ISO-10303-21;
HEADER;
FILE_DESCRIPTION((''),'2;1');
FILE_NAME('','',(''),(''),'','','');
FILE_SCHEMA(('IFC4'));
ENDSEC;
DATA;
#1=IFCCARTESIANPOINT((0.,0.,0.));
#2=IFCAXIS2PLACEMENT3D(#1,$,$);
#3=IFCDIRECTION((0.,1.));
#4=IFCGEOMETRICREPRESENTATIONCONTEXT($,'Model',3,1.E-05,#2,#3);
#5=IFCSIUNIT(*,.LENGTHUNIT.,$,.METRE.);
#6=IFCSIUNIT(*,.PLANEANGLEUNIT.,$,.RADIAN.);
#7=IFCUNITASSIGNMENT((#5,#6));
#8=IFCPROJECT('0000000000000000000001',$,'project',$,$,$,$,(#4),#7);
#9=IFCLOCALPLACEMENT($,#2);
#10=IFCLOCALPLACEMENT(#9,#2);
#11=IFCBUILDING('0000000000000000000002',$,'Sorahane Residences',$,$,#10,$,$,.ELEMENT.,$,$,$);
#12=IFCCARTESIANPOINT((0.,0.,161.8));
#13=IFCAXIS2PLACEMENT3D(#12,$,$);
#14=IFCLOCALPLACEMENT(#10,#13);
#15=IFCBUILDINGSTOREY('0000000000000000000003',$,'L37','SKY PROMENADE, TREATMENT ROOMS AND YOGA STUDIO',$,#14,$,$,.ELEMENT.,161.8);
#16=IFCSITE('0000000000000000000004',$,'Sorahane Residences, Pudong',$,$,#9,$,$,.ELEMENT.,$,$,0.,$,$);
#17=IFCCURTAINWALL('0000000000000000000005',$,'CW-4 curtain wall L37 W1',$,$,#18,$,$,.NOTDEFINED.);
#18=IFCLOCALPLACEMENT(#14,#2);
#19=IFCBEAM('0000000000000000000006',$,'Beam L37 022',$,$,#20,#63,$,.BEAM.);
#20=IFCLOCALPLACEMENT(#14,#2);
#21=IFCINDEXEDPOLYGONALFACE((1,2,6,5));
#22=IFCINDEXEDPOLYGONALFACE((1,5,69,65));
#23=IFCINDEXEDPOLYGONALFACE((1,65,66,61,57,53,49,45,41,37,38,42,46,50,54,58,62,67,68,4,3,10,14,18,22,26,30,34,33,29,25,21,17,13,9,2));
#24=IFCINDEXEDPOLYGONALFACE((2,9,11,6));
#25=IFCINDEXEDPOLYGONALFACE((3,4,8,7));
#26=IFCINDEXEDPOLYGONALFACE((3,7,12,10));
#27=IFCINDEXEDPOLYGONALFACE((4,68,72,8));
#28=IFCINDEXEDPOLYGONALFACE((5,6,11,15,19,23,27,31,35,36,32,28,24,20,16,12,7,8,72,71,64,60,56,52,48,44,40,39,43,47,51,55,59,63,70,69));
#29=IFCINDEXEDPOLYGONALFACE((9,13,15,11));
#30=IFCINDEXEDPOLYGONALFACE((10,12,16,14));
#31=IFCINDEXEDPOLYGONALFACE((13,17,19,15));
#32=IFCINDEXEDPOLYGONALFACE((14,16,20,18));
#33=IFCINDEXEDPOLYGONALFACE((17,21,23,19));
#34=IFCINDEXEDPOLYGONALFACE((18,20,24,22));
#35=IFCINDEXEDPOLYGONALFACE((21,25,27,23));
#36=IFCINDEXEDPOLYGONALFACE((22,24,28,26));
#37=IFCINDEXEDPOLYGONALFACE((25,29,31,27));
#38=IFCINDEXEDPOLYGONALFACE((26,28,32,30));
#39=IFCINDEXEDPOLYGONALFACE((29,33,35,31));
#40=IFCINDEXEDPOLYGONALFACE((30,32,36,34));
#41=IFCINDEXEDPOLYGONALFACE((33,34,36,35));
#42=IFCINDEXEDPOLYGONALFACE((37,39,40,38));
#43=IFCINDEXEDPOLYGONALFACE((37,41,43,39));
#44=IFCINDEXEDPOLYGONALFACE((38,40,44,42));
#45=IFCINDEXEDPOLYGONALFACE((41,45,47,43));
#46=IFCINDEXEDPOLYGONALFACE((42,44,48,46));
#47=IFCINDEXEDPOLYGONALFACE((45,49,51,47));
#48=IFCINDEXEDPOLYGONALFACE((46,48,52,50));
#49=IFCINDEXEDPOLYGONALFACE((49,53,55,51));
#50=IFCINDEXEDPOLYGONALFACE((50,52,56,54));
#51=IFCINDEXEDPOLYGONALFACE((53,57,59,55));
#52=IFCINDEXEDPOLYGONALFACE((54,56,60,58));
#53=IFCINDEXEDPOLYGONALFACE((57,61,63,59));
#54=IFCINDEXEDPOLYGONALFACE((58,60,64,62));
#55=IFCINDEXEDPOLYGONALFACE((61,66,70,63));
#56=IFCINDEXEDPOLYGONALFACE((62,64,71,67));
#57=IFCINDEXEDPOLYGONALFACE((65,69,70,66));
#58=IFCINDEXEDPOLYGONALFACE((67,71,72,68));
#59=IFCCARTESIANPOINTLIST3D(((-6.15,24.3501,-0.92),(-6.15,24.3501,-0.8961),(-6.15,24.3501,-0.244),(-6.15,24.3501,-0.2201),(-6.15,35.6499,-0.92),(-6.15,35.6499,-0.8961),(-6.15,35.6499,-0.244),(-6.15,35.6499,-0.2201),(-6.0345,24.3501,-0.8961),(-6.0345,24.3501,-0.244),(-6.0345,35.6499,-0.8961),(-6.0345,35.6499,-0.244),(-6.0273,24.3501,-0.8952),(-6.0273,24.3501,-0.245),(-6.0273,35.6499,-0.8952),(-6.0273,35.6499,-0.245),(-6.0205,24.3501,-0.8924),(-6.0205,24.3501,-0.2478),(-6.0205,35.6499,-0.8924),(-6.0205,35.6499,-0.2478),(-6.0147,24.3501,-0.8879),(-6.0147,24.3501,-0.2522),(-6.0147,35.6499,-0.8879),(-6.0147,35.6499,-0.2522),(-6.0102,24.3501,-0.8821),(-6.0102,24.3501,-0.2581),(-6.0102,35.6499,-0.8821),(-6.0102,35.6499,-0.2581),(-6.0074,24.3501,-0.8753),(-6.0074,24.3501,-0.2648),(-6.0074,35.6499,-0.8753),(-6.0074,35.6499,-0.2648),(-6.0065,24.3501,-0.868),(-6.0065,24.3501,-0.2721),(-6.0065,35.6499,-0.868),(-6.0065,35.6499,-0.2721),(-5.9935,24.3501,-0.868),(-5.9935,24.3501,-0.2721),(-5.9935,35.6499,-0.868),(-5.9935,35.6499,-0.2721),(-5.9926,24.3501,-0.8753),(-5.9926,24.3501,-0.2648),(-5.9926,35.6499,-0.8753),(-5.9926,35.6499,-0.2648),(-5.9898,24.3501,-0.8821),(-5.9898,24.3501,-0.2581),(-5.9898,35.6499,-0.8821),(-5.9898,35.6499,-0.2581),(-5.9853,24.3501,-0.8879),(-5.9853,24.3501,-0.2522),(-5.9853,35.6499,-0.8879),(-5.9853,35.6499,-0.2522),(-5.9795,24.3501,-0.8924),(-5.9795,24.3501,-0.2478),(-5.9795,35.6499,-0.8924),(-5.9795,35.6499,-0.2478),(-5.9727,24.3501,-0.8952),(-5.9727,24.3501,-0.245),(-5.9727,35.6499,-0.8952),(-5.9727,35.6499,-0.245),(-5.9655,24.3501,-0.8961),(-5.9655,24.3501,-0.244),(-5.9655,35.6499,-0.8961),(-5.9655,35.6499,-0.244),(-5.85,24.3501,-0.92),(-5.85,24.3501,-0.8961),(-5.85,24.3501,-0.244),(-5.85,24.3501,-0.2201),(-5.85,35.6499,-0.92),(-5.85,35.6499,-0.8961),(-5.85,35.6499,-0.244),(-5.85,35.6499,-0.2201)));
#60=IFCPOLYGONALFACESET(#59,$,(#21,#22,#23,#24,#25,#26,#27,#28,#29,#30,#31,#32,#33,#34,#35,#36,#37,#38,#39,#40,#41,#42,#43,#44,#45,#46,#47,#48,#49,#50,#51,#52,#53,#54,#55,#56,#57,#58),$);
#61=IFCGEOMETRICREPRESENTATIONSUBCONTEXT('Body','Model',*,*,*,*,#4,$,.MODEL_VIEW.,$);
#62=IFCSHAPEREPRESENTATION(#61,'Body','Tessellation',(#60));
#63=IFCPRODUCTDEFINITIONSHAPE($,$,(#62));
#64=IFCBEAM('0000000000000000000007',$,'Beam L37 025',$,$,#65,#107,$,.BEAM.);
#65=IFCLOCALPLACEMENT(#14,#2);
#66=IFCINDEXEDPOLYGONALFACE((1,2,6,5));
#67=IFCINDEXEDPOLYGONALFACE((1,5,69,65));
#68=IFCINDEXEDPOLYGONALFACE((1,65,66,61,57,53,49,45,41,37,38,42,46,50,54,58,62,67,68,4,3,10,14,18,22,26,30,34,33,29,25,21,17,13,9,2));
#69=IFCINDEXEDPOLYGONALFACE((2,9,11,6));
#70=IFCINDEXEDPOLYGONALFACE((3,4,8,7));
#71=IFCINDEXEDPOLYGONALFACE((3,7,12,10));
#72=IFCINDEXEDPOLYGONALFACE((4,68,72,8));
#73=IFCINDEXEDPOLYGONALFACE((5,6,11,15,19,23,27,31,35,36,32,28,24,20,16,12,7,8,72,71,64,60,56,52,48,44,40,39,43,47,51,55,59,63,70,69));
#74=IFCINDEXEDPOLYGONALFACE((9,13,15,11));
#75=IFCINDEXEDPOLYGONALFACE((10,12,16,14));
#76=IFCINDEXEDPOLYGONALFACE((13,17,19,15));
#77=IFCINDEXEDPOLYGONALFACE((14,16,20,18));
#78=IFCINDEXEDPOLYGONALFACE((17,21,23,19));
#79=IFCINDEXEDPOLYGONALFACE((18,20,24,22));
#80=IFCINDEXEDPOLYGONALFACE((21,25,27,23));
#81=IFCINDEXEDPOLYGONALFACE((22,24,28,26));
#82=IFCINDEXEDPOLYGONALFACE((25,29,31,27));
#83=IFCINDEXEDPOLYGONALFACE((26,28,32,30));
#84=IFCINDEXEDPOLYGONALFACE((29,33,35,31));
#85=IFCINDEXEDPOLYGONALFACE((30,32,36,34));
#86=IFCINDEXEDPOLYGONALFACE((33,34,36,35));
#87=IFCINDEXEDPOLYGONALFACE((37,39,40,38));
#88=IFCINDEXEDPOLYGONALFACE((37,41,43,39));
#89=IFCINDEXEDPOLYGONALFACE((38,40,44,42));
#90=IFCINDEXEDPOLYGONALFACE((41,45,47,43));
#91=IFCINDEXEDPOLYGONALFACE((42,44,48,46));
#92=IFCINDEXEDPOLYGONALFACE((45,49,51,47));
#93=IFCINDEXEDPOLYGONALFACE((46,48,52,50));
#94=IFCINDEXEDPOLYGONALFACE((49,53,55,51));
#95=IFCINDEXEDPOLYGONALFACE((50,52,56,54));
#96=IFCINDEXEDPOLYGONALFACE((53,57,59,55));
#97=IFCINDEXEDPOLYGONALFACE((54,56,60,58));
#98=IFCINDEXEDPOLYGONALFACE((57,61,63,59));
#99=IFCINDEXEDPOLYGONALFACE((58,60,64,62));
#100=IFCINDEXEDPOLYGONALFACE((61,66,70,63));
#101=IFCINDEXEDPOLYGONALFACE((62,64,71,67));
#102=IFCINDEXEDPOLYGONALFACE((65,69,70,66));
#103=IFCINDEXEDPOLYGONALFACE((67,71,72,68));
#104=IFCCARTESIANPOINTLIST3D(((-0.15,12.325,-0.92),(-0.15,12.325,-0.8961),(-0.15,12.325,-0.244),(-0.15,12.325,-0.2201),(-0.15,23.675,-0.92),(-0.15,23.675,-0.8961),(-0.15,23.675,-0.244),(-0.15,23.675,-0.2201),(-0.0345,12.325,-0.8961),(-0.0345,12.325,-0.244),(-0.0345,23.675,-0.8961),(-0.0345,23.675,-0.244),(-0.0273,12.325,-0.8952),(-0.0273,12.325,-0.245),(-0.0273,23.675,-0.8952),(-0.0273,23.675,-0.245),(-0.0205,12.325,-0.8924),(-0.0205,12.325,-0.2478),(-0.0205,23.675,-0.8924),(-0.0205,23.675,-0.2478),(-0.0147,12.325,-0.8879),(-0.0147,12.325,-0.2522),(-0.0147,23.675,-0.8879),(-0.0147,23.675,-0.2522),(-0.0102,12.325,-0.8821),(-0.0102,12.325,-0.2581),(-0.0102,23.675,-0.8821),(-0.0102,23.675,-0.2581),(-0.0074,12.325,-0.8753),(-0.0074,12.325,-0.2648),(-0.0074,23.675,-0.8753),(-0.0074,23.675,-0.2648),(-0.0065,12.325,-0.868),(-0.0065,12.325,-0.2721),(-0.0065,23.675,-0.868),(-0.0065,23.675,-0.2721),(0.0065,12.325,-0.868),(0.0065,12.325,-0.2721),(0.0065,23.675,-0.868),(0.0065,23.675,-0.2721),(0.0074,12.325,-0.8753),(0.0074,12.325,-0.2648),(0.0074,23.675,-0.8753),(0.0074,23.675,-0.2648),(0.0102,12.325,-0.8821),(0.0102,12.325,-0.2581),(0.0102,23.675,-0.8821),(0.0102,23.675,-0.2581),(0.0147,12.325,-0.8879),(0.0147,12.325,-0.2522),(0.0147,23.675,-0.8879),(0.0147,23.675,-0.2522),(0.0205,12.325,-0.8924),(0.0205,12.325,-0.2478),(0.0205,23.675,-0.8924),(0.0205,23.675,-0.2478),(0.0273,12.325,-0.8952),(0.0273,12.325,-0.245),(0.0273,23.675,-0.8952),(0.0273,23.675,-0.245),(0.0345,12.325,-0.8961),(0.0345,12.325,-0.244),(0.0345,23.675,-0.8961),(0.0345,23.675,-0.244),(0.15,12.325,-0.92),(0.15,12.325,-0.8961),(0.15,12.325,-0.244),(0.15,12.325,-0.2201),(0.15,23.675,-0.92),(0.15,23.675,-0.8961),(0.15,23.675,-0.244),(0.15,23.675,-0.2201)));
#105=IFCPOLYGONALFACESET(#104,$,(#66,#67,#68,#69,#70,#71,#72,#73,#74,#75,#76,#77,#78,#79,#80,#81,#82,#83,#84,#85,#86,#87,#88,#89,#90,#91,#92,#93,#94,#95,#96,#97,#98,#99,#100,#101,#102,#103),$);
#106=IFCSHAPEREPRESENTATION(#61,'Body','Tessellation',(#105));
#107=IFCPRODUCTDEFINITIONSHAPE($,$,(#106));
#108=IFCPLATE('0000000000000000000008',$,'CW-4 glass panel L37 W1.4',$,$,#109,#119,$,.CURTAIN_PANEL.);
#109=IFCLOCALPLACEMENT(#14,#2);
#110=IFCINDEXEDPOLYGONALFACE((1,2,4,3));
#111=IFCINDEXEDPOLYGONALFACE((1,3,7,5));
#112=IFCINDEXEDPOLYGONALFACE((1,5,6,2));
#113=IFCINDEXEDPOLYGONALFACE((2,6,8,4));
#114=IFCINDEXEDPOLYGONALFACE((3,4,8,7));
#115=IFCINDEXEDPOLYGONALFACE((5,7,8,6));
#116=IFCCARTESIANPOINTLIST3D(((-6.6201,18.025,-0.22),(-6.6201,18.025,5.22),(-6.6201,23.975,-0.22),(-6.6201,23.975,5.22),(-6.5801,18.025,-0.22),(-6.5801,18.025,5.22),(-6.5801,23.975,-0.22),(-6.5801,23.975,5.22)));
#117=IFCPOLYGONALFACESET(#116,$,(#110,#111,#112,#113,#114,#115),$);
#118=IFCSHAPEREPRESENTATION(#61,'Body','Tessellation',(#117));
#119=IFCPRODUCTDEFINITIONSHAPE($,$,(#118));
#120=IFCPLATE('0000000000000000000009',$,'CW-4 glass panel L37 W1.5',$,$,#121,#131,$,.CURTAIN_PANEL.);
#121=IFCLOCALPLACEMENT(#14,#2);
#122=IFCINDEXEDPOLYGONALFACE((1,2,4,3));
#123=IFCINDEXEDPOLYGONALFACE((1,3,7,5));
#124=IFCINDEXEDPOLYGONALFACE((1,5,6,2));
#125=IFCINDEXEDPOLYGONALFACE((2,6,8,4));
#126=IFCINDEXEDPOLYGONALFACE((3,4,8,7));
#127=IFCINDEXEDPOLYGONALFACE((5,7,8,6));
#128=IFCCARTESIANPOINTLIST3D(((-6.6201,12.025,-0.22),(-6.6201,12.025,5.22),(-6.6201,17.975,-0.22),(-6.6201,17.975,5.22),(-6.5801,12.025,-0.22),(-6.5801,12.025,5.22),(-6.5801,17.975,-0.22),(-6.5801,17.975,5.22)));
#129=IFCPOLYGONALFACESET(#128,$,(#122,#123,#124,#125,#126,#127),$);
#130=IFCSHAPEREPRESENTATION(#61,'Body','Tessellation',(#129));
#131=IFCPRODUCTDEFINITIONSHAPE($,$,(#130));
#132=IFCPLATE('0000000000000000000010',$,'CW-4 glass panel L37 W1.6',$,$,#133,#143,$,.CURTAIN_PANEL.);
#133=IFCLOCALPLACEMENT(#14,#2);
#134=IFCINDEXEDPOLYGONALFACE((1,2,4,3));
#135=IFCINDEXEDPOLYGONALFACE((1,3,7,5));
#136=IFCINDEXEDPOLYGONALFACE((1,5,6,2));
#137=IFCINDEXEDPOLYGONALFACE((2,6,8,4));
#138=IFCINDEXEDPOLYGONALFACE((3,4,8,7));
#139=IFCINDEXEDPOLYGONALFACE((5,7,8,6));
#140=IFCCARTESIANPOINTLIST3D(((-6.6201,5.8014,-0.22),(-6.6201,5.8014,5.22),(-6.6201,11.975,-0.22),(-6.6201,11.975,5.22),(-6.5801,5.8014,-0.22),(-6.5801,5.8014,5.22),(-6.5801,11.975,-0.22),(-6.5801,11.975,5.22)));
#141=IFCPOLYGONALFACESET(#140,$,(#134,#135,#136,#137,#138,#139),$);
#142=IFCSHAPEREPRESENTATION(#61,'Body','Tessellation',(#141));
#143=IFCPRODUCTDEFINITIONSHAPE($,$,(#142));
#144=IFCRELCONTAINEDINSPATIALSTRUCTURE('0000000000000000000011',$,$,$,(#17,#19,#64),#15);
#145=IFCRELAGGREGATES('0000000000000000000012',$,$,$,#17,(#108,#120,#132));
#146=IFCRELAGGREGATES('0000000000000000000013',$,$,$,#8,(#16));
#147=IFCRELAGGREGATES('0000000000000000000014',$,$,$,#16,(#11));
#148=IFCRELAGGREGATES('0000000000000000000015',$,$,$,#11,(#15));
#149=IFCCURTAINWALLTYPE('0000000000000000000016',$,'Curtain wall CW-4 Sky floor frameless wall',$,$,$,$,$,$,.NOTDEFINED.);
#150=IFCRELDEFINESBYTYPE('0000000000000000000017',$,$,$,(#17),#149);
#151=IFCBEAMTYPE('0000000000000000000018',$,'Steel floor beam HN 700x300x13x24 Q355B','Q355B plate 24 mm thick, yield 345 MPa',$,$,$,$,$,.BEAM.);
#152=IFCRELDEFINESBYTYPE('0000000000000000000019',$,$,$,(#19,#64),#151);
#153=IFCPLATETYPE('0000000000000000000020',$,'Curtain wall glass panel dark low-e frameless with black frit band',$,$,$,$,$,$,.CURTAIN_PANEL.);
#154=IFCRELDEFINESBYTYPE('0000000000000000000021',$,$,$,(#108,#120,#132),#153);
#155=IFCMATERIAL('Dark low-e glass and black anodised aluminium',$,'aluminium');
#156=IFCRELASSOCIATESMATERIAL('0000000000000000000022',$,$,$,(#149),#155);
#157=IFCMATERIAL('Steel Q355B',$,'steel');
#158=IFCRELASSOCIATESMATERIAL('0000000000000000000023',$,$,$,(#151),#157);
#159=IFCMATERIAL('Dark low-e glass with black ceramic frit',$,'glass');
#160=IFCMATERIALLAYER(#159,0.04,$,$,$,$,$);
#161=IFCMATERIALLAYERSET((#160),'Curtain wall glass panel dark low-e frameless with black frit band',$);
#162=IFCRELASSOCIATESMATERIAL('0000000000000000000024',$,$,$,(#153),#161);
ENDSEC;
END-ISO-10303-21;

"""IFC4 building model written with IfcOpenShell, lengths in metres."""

from ifc_helpers import new_model, si_unit, direction, frame, origin, origin_2d, place, context, subcontext, project, spatial, rectangle, i_section, extrude, material, layer, layer_set, material_profile, profile_set, type_object, element, aggregate, save


model = new_model("IFC4")

# Units and contexts
model_context = context("Model", 3, precision=1e-05, world=origin(), true_north=direction((0.0, 1.0)))
body_context = subcontext(model_context, "Body", "Model", "MODEL_VIEW")
ifc_project = project(units=[si_unit("LENGTHUNIT", "METRE"), si_unit("PLANEANGLEUNIT", "RADIAN")], contexts=[model_context])

# Site, building, storey
site_placement = place(None, origin())
site = spatial("IfcSite", under=ifc_project, at=site_placement, Name="Sorahane Residences, Pudong", CompositionType="ELEMENT", RefElevation=0.0)
building_placement = place(site_placement, origin())
building = spatial("IfcBuilding", under=site, at=building_placement, Name="Sorahane Residences", CompositionType="ELEMENT")
storey_placement = place(building_placement, frame((0.0, 0.0, 161.8)))
storey = spatial("IfcBuildingStorey", under=building, at=storey_placement, Name="L37", Description="SKY PROMENADE, TREATMENT ROOMS AND YOGA STUDIO", CompositionType="ELEMENT", Elevation=161.8)

# Curtain wall
ifc_material_1 = material(Name="Dark low-e glass and black anodised aluminium", Category="aluminium")
curtain_wall_type = type_object("IfcCurtainWallType", Name="Curtain wall CW-4 Sky floor frameless wall", PredefinedType="NOTDEFINED", material=ifc_material_1)
curtain_wall_placement = place(storey_placement, origin())
curtain_wall = element("IfcCurtainWall", 1, at=curtain_wall_placement, inside=storey, type_object=curtain_wall_type, Name="CW-4 curtain wall L37 W1", PredefinedType="NOTDEFINED")

# Beams
ifc_material_2 = material(Name="Steel Q355B", Category="steel")
ifc_material_profile_1 = material_profile(ifc_material_2, i_section(OverallWidth=0.3, OverallDepth=0.7, WebThickness=0.0129, FlangeThickness=0.0239, FilletRadius=0.0281, at=origin_2d()), Name="HN 700x300x13x24")
ifc_profile_set_1 = profile_set([ifc_material_profile_1], Name="Steel Q355B")
beam_type_1 = type_object("IfcBeamType", Name="Steel floor beam HN 700x300x13x24 Q355B", Description="Q355B plate 24 mm thick, yield 345 MPa", PredefinedType="BEAM", material=ifc_profile_set_1)
for number, where, z_axis, x_axis, name in (
    (2, (-6.0, 24.3501, -0.5701), (0.0, 1.0, 0.0), (-1.0, 0.0, 0.0), "Beam L37 022"),
):
    element("IfcBeam", number, at=place(storey_placement, frame(where, z_axis=z_axis, x_axis=x_axis)), inside=storey, type_object=beam_type_1, Name=name, PredefinedType="BEAM", context=body_context, shape_type="SweptSolid", body=[
        extrude(i_section(OverallWidth=0.3, OverallDepth=0.7, WebThickness=0.0129, FlangeThickness=0.0239, FilletRadius=0.0281, at=origin_2d()), origin(), (0.0, 0.0, 1.0), 11.2998),
    ])
beam_1_placement = place(storey_placement, frame((0.0, 12.325, -0.5701), z_axis=(0.0, 1.0, 0.0), x_axis=(-1.0, 0.0, 0.0)))
element("IfcBeam", 3, at=beam_1_placement, inside=storey, type_object=beam_type_1, Name="Beam L37 025", PredefinedType="BEAM", context=body_context, shape_type="SweptSolid", body=[
    extrude(i_section(OverallWidth=0.3, OverallDepth=0.7, WebThickness=0.0129, FlangeThickness=0.0239, FilletRadius=0.0281, at=origin_2d()), origin(), (0.0, 0.0, 1.0), 11.3501),
])

# Plates
ifc_material_3 = material(Name="Dark low-e glass with black ceramic frit", Category="glass")
ifc_layer_1 = layer(ifc_material_3, 0.04)
ifc_layer_set_1 = layer_set([ifc_layer_1], Name="Curtain wall glass panel dark low-e frameless with black frit band")
plate_type = type_object("IfcPlateType", Name="Curtain wall glass panel dark low-e frameless with black frit band", PredefinedType="CURTAIN_PANEL", material=ifc_layer_set_1)
plate_1_placement = place(storey_placement, frame((-6.6001, 21.0, -0.22), z_axis=(0.0, 0.0, 1.0), x_axis=(0.0, -1.0, 0.0)))
plate_1 = element("IfcPlate", 4, at=plate_1_placement, type_object=plate_type, Name="CW-4 glass panel L37 W1.4", PredefinedType="CURTAIN_PANEL", context=body_context, shape_type="SweptSolid", body=[
    extrude(rectangle(XDim=5.95, YDim=0.04, at=origin_2d()), origin(), (0.0, 0.0, 1.0), 5.4399),
])
plate_2_placement = place(storey_placement, frame((-6.6001, 15.0, -0.22), z_axis=(0.0, 0.0, 1.0), x_axis=(0.0, -1.0, 0.0)))
plate_2 = element("IfcPlate", 5, at=plate_2_placement, type_object=plate_type, Name="CW-4 glass panel L37 W1.5", PredefinedType="CURTAIN_PANEL", context=body_context, shape_type="SweptSolid", body=[
    extrude(rectangle(XDim=5.95, YDim=0.04, at=origin_2d()), origin(), (0.0, 0.0, 1.0), 5.4399),
])
plate_3_placement = place(storey_placement, frame((-6.6001, 8.8882, -0.22), z_axis=(0.0, 0.0, 1.0), x_axis=(0.0, -1.0, 0.0)))
plate_3 = element("IfcPlate", 6, at=plate_3_placement, type_object=plate_type, Name="CW-4 glass panel L37 W1.6", PredefinedType="CURTAIN_PANEL", context=body_context, shape_type="SweptSolid", body=[
    extrude(rectangle(XDim=6.1736, YDim=0.04, at=origin_2d()), origin(), (0.0, 0.0, 1.0), 5.4399),
])
aggregate(curtain_wall, [plate_1, plate_2, plate_3])

save(model, "model.ifc")
